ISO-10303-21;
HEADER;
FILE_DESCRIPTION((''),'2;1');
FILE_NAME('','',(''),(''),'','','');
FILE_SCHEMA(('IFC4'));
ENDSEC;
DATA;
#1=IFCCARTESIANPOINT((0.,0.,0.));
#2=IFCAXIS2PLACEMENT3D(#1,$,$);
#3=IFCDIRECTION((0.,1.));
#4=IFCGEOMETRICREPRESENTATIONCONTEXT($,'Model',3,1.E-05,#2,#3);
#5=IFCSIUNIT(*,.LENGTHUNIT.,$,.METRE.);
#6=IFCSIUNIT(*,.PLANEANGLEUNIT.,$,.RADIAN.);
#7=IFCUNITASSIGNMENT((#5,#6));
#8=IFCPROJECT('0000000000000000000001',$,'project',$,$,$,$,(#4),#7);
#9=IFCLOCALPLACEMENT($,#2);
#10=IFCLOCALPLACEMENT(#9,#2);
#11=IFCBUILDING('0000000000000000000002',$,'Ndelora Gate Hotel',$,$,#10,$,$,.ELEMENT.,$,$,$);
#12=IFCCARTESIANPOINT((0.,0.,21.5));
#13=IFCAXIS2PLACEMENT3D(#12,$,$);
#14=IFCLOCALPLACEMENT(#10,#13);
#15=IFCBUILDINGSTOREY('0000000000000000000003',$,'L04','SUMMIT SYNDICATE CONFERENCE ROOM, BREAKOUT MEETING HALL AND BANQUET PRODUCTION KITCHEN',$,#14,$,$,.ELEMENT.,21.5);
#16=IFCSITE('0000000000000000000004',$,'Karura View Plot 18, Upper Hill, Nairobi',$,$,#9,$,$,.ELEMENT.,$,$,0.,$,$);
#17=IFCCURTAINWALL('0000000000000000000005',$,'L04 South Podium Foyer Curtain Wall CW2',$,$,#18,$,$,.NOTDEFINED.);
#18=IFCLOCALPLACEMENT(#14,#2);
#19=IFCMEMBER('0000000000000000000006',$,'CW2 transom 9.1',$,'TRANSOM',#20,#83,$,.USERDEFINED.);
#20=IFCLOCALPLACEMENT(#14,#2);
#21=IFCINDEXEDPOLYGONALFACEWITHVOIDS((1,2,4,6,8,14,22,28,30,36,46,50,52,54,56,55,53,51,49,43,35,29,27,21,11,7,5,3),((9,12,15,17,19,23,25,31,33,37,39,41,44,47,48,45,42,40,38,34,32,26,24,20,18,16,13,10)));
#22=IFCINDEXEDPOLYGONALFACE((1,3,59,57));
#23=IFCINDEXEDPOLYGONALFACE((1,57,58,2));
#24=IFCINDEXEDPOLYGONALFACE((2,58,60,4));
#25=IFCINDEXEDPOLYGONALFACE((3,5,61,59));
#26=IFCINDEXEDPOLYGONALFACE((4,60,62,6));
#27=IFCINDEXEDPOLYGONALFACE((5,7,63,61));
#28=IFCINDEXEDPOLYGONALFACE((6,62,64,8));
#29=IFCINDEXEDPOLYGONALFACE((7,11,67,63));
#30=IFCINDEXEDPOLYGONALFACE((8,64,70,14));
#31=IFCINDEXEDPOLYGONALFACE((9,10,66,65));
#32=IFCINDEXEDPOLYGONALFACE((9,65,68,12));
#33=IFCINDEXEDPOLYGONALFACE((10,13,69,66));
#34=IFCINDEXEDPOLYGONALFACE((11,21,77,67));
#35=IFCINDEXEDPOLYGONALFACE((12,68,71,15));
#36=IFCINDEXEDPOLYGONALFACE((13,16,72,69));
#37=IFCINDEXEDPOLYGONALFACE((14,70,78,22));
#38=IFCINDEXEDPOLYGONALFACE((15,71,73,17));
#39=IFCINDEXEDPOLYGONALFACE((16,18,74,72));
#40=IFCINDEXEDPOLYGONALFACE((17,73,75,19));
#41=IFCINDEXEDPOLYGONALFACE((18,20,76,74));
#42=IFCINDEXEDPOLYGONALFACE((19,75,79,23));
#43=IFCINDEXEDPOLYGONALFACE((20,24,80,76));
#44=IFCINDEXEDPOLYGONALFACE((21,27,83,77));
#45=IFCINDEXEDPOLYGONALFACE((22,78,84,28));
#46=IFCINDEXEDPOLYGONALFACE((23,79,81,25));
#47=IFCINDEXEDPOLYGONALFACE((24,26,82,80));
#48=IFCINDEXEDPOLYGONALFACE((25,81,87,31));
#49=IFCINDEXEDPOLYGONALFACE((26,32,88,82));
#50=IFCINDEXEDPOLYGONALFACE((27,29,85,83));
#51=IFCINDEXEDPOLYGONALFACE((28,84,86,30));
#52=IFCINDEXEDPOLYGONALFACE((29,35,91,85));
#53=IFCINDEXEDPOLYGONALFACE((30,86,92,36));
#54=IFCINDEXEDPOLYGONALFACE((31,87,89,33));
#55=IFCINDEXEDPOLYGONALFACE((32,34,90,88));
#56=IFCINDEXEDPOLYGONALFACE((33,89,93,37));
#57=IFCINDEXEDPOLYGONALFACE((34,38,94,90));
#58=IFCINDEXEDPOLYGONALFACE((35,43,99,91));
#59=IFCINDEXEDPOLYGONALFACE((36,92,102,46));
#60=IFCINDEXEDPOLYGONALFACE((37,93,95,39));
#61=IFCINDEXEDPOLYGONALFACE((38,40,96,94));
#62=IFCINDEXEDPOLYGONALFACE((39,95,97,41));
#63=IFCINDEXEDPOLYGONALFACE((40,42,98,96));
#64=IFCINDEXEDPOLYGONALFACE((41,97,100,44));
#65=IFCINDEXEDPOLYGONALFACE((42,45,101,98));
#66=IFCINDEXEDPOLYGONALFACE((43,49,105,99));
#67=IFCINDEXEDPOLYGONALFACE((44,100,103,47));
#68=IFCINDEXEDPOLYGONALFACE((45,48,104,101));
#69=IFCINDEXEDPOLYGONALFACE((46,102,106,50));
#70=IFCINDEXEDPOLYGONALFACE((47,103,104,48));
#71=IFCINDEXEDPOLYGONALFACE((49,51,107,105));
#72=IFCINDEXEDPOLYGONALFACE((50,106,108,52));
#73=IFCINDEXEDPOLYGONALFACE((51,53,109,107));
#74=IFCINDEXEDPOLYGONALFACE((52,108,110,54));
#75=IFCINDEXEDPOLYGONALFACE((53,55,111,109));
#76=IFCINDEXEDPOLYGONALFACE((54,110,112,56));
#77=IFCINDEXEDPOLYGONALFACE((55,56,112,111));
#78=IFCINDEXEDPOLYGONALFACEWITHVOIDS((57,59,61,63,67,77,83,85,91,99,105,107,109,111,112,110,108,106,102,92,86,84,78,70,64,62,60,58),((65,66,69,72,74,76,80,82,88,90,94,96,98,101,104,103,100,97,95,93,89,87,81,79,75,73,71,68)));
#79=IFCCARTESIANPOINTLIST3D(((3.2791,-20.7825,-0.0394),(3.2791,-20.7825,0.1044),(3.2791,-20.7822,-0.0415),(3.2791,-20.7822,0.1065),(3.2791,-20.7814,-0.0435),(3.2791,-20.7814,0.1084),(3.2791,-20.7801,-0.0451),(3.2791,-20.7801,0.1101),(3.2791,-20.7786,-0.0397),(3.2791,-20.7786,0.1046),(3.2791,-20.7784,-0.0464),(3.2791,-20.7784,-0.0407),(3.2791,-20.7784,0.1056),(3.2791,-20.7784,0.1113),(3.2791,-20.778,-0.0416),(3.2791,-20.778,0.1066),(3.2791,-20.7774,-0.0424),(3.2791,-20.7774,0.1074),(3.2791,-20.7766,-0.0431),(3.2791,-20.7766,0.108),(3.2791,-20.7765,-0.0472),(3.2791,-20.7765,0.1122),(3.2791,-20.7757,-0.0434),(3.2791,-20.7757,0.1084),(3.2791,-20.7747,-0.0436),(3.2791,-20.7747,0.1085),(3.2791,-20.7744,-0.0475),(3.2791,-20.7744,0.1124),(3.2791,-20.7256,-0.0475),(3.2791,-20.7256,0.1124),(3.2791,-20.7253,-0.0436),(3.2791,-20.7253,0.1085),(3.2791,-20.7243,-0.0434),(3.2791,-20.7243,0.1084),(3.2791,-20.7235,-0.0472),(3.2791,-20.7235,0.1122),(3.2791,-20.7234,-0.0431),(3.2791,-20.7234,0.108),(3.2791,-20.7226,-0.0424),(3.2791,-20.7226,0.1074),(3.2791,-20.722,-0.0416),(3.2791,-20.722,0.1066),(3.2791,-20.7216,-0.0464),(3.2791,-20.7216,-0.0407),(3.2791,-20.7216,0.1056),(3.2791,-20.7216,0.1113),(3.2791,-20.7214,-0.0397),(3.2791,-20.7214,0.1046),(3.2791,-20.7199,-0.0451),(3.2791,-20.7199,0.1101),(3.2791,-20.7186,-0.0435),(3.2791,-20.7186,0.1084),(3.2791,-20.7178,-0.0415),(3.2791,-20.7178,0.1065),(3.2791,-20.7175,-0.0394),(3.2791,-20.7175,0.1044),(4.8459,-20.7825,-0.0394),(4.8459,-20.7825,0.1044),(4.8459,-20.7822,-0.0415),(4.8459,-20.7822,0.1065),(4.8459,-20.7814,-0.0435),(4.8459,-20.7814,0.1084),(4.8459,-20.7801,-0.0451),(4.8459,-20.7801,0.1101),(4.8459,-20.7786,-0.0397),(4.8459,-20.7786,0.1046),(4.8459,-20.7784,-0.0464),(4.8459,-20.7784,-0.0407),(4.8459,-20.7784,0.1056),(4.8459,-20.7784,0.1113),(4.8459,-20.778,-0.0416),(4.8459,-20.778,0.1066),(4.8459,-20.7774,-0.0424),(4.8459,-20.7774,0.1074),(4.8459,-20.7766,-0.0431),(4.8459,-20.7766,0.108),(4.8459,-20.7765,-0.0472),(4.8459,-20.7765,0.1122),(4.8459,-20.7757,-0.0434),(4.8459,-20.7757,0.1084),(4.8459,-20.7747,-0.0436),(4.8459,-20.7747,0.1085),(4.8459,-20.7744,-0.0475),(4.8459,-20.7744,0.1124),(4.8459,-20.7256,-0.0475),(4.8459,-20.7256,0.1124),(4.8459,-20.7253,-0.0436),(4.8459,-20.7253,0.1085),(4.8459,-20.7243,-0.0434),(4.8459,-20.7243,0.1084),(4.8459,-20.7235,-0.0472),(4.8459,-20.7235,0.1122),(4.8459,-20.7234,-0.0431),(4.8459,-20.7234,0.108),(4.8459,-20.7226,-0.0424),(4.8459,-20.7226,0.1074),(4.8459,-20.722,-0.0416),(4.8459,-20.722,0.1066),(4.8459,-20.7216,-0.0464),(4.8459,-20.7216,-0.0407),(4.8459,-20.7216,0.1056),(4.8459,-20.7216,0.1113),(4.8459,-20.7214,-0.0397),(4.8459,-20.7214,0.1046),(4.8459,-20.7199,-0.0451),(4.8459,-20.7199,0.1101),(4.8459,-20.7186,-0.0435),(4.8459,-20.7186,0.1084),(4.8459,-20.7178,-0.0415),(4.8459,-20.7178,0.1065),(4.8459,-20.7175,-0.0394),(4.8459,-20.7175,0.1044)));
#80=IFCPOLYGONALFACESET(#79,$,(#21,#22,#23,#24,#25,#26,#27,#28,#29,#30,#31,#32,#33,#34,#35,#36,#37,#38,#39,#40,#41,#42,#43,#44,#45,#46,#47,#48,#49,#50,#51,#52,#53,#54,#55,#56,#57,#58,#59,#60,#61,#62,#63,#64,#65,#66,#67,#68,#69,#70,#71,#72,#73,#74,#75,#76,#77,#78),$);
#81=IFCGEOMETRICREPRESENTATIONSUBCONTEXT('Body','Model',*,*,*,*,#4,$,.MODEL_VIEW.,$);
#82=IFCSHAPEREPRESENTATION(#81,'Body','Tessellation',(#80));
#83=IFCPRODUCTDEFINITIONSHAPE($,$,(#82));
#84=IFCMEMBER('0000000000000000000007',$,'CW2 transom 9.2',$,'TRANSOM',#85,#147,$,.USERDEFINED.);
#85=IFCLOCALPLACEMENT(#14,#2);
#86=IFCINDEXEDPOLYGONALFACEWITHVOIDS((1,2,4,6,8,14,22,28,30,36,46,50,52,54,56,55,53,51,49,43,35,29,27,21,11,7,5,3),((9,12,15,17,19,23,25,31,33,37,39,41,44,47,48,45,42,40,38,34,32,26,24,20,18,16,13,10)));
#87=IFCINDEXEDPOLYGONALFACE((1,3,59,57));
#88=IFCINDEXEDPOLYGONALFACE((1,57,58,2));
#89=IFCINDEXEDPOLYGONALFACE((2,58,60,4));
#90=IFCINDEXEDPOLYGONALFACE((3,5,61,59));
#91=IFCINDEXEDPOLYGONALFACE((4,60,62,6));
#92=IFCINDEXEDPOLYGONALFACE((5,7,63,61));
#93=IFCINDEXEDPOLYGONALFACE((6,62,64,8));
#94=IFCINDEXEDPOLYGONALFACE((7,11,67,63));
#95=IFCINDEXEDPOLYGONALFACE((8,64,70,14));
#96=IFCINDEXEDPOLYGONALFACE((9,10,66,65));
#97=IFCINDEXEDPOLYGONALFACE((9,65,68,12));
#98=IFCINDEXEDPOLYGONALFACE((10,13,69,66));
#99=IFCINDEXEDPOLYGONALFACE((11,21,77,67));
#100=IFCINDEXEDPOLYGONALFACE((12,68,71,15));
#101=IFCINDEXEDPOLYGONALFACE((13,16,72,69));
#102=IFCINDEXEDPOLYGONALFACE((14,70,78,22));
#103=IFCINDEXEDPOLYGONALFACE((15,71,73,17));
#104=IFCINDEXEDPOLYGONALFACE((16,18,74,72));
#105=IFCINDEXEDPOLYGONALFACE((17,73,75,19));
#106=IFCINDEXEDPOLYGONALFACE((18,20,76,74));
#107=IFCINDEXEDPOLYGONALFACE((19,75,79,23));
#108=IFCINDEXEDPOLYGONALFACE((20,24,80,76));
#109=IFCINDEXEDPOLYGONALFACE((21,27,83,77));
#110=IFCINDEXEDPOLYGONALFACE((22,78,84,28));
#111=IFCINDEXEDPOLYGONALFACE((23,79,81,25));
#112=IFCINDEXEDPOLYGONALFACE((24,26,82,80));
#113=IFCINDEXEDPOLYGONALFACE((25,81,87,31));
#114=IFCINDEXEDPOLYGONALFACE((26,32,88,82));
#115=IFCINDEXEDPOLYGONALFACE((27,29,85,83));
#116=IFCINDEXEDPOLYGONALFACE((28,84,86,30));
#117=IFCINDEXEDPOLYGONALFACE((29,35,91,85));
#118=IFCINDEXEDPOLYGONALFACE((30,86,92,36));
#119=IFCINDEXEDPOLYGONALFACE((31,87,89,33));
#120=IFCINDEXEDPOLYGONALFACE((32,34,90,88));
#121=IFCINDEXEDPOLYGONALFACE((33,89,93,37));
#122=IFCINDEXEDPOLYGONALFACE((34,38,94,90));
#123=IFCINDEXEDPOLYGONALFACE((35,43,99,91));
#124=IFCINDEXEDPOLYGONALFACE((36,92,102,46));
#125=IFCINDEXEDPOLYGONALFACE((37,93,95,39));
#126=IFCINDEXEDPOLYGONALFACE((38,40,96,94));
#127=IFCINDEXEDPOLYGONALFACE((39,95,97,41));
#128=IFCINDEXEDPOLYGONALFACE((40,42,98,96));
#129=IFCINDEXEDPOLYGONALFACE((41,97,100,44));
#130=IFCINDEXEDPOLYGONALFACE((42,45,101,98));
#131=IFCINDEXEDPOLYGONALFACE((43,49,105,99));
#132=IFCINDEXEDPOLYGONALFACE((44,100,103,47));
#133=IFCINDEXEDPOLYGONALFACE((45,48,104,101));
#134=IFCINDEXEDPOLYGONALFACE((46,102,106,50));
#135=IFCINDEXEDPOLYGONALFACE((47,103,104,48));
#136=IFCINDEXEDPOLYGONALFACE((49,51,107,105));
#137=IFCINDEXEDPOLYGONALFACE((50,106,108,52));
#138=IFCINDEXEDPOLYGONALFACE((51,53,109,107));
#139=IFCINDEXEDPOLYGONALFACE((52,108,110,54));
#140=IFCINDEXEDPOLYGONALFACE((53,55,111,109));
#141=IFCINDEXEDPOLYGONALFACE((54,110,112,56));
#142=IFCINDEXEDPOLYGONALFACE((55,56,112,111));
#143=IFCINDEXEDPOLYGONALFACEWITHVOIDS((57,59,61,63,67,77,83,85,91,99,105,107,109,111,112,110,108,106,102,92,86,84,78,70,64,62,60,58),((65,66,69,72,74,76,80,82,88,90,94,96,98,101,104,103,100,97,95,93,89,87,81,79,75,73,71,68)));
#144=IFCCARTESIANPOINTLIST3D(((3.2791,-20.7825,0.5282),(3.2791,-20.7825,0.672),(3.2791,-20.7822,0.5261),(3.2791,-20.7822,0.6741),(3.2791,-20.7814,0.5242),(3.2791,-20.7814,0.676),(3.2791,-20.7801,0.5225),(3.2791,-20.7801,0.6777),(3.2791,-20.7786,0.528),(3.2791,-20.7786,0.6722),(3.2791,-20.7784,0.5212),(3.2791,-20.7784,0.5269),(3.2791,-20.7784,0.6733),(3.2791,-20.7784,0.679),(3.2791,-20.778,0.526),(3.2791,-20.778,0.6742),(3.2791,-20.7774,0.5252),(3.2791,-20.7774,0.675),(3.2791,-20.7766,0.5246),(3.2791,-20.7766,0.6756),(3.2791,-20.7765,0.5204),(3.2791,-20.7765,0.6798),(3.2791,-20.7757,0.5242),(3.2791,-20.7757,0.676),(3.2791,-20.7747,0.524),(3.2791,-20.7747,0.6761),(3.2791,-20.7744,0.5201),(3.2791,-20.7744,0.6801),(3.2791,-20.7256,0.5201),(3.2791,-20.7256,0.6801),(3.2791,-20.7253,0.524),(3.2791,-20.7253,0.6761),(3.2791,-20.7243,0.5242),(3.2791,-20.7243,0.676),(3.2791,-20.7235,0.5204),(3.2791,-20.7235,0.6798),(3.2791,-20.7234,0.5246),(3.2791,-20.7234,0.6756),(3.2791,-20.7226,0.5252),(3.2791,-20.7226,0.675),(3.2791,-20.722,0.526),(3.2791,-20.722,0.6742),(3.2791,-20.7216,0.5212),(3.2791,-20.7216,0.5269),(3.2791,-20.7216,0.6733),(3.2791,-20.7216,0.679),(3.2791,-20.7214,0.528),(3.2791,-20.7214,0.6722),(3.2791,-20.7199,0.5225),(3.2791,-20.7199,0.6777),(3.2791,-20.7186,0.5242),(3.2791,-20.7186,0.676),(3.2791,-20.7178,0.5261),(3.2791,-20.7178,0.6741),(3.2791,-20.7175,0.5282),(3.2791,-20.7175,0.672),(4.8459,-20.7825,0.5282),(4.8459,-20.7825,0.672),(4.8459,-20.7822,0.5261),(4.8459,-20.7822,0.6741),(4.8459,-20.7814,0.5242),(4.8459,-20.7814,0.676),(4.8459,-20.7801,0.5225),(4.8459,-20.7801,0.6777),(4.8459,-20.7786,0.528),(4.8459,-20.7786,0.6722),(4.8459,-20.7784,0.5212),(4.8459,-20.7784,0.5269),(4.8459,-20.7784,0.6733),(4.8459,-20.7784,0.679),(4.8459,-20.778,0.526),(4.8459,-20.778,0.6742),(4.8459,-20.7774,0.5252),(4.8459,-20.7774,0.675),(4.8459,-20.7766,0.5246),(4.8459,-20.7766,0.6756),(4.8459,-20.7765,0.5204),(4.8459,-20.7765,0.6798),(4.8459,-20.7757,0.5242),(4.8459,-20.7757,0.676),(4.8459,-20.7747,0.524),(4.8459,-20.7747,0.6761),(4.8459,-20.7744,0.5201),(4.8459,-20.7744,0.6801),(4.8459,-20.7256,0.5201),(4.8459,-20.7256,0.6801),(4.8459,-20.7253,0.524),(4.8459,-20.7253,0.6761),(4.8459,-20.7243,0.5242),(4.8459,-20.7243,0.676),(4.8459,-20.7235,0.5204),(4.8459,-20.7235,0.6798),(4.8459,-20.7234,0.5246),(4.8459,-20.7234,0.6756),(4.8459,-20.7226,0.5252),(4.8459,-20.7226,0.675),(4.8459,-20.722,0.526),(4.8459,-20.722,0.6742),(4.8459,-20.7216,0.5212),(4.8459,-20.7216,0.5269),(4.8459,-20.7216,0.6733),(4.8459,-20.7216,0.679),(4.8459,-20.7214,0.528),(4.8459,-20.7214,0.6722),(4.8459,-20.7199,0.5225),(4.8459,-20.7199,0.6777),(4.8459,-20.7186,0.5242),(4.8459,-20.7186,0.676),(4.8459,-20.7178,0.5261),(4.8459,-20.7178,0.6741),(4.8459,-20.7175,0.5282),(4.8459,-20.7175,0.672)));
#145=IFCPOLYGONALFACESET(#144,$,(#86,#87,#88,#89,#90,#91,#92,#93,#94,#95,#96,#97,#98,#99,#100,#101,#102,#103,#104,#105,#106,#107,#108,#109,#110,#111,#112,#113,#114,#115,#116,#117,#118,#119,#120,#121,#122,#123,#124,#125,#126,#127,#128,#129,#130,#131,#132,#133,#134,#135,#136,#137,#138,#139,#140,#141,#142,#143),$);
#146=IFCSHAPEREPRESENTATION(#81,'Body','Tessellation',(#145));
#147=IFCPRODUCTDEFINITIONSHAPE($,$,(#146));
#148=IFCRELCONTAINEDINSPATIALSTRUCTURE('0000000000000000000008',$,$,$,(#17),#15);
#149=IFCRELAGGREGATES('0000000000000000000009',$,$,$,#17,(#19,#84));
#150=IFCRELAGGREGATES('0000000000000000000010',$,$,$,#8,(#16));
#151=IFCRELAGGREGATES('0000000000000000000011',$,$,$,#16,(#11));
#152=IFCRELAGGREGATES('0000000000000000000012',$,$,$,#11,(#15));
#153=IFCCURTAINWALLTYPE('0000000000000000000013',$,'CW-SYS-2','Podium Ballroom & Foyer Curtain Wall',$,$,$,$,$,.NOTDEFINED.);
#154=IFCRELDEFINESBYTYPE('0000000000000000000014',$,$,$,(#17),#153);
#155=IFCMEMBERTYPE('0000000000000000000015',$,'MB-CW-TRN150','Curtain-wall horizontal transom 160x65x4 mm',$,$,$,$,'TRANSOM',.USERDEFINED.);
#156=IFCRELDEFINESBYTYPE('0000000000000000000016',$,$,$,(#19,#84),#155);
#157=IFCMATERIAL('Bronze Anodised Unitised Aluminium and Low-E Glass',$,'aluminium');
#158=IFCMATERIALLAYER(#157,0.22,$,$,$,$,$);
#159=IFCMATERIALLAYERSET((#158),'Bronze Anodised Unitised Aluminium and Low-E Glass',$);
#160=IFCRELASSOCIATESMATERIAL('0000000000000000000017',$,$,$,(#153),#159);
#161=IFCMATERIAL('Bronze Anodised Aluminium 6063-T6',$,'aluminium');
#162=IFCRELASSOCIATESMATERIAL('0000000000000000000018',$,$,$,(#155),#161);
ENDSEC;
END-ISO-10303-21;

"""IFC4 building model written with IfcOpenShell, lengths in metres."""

from ifc_helpers import new_model, si_unit, direction, frame, origin, origin_2d, place, context, subcontext, project, spatial, hollow_rectangle, extrude, material, layer, layer_set, material_profile, profile_set, type_object, element, aggregate, save


model = new_model("IFC4")

# Units and contexts
model_context = context("Model", 3, precision=1e-05, world=origin(), true_north=direction((0.0, 1.0)))
body_context = subcontext(model_context, "Body", "Model", "MODEL_VIEW")
ifc_project = project(units=[si_unit("LENGTHUNIT", "METRE"), si_unit("PLANEANGLEUNIT", "RADIAN")], contexts=[model_context])

# Site, building, storey
site_placement = place(None, origin())
site = spatial("IfcSite", under=ifc_project, at=site_placement, Name="Karura View Plot 18, Upper Hill, Nairobi", CompositionType="ELEMENT", RefElevation=0.0)
building_placement = place(site_placement, origin())
building = spatial("IfcBuilding", under=site, at=building_placement, Name="Ndelora Gate Hotel", CompositionType="ELEMENT")
storey_placement = place(building_placement, frame((0.0, 0.0, 21.5)))
storey = spatial("IfcBuildingStorey", under=building, at=storey_placement, Name="L04", Description="SUMMIT SYNDICATE CONFERENCE ROOM, BREAKOUT MEETING HALL AND BANQUET PRODUCTION KITCHEN", CompositionType="ELEMENT", Elevation=21.5)

# Curtain wall, members
ifc_material_1 = material(Name="Bronze Anodised Unitised Aluminium and Low-E Glass", Category="aluminium")
ifc_layer_1 = layer(ifc_material_1, 0.22)
ifc_layer_set_1 = layer_set([ifc_layer_1], Name="Bronze Anodised Unitised Aluminium and Low-E Glass")
curtain_wall_type = type_object("IfcCurtainWallType", Name="CW-SYS-2", Description="Podium Ballroom & Foyer Curtain Wall", PredefinedType="NOTDEFINED", material=ifc_layer_set_1)
curtain_wall_placement = place(storey_placement, origin())
curtain_wall = element("IfcCurtainWall", 1, at=curtain_wall_placement, inside=storey, type_object=curtain_wall_type, Name="L04 South Podium Foyer Curtain Wall CW2", PredefinedType="NOTDEFINED")
ifc_material_2 = material(Name="Bronze Anodised Aluminium 6063-T6", Category="aluminium")
ifc_material_profile_1 = material_profile(ifc_material_2, hollow_rectangle(XDim=0.0649, YDim=0.1599, WallThickness=0.0039, InnerFilletRadius=0.0039, OuterFilletRadius=0.0081, at=origin_2d()), Name="ALU 160x65x4")
ifc_profile_set_1 = profile_set([ifc_material_profile_1], Name="Bronze Anodised Aluminium 6063-T6")
member_type_1 = type_object("IfcMemberType", Name="MB-CW-TRN150", Description="Curtain-wall horizontal transom 160x65x4 mm", ElementType="TRANSOM", PredefinedType="USERDEFINED", material=ifc_profile_set_1)
member_1_placement = place(storey_placement, frame((3.2791, -20.75, 0.0325), z_axis=(1.0, 0.0, 0.0), x_axis=(0.0, 1.0, 0.0)))
member_1 = element("IfcMember", 2, at=member_1_placement, type_object=member_type_1, Name="CW2 transom 9.1", ObjectType="TRANSOM", PredefinedType="USERDEFINED", context=body_context, shape_type="SweptSolid", body=[
    extrude(hollow_rectangle(XDim=0.0649, YDim=0.1599, WallThickness=0.0039, InnerFilletRadius=0.0039, OuterFilletRadius=0.0081, at=origin_2d()), origin(), (0.0, 0.0, 1.0), 1.5669),
])
member_2_placement = place(storey_placement, frame((3.2791, -20.75, 0.6001), z_axis=(1.0, 0.0, 0.0), x_axis=(0.0, 1.0, 0.0)))
member_2 = element("IfcMember", 3, at=member_2_placement, type_object=member_type_1, Name="CW2 transom 9.2", ObjectType="TRANSOM", PredefinedType="USERDEFINED", context=body_context, shape_type="SweptSolid", body=[
    extrude(hollow_rectangle(XDim=0.0649, YDim=0.1599, WallThickness=0.0039, InnerFilletRadius=0.0039, OuterFilletRadius=0.0081, at=origin_2d()), origin(), (0.0, 0.0, 1.0), 1.5669),
])
aggregate(curtain_wall, [member_1, member_2])

save(model, "model.ifc")
